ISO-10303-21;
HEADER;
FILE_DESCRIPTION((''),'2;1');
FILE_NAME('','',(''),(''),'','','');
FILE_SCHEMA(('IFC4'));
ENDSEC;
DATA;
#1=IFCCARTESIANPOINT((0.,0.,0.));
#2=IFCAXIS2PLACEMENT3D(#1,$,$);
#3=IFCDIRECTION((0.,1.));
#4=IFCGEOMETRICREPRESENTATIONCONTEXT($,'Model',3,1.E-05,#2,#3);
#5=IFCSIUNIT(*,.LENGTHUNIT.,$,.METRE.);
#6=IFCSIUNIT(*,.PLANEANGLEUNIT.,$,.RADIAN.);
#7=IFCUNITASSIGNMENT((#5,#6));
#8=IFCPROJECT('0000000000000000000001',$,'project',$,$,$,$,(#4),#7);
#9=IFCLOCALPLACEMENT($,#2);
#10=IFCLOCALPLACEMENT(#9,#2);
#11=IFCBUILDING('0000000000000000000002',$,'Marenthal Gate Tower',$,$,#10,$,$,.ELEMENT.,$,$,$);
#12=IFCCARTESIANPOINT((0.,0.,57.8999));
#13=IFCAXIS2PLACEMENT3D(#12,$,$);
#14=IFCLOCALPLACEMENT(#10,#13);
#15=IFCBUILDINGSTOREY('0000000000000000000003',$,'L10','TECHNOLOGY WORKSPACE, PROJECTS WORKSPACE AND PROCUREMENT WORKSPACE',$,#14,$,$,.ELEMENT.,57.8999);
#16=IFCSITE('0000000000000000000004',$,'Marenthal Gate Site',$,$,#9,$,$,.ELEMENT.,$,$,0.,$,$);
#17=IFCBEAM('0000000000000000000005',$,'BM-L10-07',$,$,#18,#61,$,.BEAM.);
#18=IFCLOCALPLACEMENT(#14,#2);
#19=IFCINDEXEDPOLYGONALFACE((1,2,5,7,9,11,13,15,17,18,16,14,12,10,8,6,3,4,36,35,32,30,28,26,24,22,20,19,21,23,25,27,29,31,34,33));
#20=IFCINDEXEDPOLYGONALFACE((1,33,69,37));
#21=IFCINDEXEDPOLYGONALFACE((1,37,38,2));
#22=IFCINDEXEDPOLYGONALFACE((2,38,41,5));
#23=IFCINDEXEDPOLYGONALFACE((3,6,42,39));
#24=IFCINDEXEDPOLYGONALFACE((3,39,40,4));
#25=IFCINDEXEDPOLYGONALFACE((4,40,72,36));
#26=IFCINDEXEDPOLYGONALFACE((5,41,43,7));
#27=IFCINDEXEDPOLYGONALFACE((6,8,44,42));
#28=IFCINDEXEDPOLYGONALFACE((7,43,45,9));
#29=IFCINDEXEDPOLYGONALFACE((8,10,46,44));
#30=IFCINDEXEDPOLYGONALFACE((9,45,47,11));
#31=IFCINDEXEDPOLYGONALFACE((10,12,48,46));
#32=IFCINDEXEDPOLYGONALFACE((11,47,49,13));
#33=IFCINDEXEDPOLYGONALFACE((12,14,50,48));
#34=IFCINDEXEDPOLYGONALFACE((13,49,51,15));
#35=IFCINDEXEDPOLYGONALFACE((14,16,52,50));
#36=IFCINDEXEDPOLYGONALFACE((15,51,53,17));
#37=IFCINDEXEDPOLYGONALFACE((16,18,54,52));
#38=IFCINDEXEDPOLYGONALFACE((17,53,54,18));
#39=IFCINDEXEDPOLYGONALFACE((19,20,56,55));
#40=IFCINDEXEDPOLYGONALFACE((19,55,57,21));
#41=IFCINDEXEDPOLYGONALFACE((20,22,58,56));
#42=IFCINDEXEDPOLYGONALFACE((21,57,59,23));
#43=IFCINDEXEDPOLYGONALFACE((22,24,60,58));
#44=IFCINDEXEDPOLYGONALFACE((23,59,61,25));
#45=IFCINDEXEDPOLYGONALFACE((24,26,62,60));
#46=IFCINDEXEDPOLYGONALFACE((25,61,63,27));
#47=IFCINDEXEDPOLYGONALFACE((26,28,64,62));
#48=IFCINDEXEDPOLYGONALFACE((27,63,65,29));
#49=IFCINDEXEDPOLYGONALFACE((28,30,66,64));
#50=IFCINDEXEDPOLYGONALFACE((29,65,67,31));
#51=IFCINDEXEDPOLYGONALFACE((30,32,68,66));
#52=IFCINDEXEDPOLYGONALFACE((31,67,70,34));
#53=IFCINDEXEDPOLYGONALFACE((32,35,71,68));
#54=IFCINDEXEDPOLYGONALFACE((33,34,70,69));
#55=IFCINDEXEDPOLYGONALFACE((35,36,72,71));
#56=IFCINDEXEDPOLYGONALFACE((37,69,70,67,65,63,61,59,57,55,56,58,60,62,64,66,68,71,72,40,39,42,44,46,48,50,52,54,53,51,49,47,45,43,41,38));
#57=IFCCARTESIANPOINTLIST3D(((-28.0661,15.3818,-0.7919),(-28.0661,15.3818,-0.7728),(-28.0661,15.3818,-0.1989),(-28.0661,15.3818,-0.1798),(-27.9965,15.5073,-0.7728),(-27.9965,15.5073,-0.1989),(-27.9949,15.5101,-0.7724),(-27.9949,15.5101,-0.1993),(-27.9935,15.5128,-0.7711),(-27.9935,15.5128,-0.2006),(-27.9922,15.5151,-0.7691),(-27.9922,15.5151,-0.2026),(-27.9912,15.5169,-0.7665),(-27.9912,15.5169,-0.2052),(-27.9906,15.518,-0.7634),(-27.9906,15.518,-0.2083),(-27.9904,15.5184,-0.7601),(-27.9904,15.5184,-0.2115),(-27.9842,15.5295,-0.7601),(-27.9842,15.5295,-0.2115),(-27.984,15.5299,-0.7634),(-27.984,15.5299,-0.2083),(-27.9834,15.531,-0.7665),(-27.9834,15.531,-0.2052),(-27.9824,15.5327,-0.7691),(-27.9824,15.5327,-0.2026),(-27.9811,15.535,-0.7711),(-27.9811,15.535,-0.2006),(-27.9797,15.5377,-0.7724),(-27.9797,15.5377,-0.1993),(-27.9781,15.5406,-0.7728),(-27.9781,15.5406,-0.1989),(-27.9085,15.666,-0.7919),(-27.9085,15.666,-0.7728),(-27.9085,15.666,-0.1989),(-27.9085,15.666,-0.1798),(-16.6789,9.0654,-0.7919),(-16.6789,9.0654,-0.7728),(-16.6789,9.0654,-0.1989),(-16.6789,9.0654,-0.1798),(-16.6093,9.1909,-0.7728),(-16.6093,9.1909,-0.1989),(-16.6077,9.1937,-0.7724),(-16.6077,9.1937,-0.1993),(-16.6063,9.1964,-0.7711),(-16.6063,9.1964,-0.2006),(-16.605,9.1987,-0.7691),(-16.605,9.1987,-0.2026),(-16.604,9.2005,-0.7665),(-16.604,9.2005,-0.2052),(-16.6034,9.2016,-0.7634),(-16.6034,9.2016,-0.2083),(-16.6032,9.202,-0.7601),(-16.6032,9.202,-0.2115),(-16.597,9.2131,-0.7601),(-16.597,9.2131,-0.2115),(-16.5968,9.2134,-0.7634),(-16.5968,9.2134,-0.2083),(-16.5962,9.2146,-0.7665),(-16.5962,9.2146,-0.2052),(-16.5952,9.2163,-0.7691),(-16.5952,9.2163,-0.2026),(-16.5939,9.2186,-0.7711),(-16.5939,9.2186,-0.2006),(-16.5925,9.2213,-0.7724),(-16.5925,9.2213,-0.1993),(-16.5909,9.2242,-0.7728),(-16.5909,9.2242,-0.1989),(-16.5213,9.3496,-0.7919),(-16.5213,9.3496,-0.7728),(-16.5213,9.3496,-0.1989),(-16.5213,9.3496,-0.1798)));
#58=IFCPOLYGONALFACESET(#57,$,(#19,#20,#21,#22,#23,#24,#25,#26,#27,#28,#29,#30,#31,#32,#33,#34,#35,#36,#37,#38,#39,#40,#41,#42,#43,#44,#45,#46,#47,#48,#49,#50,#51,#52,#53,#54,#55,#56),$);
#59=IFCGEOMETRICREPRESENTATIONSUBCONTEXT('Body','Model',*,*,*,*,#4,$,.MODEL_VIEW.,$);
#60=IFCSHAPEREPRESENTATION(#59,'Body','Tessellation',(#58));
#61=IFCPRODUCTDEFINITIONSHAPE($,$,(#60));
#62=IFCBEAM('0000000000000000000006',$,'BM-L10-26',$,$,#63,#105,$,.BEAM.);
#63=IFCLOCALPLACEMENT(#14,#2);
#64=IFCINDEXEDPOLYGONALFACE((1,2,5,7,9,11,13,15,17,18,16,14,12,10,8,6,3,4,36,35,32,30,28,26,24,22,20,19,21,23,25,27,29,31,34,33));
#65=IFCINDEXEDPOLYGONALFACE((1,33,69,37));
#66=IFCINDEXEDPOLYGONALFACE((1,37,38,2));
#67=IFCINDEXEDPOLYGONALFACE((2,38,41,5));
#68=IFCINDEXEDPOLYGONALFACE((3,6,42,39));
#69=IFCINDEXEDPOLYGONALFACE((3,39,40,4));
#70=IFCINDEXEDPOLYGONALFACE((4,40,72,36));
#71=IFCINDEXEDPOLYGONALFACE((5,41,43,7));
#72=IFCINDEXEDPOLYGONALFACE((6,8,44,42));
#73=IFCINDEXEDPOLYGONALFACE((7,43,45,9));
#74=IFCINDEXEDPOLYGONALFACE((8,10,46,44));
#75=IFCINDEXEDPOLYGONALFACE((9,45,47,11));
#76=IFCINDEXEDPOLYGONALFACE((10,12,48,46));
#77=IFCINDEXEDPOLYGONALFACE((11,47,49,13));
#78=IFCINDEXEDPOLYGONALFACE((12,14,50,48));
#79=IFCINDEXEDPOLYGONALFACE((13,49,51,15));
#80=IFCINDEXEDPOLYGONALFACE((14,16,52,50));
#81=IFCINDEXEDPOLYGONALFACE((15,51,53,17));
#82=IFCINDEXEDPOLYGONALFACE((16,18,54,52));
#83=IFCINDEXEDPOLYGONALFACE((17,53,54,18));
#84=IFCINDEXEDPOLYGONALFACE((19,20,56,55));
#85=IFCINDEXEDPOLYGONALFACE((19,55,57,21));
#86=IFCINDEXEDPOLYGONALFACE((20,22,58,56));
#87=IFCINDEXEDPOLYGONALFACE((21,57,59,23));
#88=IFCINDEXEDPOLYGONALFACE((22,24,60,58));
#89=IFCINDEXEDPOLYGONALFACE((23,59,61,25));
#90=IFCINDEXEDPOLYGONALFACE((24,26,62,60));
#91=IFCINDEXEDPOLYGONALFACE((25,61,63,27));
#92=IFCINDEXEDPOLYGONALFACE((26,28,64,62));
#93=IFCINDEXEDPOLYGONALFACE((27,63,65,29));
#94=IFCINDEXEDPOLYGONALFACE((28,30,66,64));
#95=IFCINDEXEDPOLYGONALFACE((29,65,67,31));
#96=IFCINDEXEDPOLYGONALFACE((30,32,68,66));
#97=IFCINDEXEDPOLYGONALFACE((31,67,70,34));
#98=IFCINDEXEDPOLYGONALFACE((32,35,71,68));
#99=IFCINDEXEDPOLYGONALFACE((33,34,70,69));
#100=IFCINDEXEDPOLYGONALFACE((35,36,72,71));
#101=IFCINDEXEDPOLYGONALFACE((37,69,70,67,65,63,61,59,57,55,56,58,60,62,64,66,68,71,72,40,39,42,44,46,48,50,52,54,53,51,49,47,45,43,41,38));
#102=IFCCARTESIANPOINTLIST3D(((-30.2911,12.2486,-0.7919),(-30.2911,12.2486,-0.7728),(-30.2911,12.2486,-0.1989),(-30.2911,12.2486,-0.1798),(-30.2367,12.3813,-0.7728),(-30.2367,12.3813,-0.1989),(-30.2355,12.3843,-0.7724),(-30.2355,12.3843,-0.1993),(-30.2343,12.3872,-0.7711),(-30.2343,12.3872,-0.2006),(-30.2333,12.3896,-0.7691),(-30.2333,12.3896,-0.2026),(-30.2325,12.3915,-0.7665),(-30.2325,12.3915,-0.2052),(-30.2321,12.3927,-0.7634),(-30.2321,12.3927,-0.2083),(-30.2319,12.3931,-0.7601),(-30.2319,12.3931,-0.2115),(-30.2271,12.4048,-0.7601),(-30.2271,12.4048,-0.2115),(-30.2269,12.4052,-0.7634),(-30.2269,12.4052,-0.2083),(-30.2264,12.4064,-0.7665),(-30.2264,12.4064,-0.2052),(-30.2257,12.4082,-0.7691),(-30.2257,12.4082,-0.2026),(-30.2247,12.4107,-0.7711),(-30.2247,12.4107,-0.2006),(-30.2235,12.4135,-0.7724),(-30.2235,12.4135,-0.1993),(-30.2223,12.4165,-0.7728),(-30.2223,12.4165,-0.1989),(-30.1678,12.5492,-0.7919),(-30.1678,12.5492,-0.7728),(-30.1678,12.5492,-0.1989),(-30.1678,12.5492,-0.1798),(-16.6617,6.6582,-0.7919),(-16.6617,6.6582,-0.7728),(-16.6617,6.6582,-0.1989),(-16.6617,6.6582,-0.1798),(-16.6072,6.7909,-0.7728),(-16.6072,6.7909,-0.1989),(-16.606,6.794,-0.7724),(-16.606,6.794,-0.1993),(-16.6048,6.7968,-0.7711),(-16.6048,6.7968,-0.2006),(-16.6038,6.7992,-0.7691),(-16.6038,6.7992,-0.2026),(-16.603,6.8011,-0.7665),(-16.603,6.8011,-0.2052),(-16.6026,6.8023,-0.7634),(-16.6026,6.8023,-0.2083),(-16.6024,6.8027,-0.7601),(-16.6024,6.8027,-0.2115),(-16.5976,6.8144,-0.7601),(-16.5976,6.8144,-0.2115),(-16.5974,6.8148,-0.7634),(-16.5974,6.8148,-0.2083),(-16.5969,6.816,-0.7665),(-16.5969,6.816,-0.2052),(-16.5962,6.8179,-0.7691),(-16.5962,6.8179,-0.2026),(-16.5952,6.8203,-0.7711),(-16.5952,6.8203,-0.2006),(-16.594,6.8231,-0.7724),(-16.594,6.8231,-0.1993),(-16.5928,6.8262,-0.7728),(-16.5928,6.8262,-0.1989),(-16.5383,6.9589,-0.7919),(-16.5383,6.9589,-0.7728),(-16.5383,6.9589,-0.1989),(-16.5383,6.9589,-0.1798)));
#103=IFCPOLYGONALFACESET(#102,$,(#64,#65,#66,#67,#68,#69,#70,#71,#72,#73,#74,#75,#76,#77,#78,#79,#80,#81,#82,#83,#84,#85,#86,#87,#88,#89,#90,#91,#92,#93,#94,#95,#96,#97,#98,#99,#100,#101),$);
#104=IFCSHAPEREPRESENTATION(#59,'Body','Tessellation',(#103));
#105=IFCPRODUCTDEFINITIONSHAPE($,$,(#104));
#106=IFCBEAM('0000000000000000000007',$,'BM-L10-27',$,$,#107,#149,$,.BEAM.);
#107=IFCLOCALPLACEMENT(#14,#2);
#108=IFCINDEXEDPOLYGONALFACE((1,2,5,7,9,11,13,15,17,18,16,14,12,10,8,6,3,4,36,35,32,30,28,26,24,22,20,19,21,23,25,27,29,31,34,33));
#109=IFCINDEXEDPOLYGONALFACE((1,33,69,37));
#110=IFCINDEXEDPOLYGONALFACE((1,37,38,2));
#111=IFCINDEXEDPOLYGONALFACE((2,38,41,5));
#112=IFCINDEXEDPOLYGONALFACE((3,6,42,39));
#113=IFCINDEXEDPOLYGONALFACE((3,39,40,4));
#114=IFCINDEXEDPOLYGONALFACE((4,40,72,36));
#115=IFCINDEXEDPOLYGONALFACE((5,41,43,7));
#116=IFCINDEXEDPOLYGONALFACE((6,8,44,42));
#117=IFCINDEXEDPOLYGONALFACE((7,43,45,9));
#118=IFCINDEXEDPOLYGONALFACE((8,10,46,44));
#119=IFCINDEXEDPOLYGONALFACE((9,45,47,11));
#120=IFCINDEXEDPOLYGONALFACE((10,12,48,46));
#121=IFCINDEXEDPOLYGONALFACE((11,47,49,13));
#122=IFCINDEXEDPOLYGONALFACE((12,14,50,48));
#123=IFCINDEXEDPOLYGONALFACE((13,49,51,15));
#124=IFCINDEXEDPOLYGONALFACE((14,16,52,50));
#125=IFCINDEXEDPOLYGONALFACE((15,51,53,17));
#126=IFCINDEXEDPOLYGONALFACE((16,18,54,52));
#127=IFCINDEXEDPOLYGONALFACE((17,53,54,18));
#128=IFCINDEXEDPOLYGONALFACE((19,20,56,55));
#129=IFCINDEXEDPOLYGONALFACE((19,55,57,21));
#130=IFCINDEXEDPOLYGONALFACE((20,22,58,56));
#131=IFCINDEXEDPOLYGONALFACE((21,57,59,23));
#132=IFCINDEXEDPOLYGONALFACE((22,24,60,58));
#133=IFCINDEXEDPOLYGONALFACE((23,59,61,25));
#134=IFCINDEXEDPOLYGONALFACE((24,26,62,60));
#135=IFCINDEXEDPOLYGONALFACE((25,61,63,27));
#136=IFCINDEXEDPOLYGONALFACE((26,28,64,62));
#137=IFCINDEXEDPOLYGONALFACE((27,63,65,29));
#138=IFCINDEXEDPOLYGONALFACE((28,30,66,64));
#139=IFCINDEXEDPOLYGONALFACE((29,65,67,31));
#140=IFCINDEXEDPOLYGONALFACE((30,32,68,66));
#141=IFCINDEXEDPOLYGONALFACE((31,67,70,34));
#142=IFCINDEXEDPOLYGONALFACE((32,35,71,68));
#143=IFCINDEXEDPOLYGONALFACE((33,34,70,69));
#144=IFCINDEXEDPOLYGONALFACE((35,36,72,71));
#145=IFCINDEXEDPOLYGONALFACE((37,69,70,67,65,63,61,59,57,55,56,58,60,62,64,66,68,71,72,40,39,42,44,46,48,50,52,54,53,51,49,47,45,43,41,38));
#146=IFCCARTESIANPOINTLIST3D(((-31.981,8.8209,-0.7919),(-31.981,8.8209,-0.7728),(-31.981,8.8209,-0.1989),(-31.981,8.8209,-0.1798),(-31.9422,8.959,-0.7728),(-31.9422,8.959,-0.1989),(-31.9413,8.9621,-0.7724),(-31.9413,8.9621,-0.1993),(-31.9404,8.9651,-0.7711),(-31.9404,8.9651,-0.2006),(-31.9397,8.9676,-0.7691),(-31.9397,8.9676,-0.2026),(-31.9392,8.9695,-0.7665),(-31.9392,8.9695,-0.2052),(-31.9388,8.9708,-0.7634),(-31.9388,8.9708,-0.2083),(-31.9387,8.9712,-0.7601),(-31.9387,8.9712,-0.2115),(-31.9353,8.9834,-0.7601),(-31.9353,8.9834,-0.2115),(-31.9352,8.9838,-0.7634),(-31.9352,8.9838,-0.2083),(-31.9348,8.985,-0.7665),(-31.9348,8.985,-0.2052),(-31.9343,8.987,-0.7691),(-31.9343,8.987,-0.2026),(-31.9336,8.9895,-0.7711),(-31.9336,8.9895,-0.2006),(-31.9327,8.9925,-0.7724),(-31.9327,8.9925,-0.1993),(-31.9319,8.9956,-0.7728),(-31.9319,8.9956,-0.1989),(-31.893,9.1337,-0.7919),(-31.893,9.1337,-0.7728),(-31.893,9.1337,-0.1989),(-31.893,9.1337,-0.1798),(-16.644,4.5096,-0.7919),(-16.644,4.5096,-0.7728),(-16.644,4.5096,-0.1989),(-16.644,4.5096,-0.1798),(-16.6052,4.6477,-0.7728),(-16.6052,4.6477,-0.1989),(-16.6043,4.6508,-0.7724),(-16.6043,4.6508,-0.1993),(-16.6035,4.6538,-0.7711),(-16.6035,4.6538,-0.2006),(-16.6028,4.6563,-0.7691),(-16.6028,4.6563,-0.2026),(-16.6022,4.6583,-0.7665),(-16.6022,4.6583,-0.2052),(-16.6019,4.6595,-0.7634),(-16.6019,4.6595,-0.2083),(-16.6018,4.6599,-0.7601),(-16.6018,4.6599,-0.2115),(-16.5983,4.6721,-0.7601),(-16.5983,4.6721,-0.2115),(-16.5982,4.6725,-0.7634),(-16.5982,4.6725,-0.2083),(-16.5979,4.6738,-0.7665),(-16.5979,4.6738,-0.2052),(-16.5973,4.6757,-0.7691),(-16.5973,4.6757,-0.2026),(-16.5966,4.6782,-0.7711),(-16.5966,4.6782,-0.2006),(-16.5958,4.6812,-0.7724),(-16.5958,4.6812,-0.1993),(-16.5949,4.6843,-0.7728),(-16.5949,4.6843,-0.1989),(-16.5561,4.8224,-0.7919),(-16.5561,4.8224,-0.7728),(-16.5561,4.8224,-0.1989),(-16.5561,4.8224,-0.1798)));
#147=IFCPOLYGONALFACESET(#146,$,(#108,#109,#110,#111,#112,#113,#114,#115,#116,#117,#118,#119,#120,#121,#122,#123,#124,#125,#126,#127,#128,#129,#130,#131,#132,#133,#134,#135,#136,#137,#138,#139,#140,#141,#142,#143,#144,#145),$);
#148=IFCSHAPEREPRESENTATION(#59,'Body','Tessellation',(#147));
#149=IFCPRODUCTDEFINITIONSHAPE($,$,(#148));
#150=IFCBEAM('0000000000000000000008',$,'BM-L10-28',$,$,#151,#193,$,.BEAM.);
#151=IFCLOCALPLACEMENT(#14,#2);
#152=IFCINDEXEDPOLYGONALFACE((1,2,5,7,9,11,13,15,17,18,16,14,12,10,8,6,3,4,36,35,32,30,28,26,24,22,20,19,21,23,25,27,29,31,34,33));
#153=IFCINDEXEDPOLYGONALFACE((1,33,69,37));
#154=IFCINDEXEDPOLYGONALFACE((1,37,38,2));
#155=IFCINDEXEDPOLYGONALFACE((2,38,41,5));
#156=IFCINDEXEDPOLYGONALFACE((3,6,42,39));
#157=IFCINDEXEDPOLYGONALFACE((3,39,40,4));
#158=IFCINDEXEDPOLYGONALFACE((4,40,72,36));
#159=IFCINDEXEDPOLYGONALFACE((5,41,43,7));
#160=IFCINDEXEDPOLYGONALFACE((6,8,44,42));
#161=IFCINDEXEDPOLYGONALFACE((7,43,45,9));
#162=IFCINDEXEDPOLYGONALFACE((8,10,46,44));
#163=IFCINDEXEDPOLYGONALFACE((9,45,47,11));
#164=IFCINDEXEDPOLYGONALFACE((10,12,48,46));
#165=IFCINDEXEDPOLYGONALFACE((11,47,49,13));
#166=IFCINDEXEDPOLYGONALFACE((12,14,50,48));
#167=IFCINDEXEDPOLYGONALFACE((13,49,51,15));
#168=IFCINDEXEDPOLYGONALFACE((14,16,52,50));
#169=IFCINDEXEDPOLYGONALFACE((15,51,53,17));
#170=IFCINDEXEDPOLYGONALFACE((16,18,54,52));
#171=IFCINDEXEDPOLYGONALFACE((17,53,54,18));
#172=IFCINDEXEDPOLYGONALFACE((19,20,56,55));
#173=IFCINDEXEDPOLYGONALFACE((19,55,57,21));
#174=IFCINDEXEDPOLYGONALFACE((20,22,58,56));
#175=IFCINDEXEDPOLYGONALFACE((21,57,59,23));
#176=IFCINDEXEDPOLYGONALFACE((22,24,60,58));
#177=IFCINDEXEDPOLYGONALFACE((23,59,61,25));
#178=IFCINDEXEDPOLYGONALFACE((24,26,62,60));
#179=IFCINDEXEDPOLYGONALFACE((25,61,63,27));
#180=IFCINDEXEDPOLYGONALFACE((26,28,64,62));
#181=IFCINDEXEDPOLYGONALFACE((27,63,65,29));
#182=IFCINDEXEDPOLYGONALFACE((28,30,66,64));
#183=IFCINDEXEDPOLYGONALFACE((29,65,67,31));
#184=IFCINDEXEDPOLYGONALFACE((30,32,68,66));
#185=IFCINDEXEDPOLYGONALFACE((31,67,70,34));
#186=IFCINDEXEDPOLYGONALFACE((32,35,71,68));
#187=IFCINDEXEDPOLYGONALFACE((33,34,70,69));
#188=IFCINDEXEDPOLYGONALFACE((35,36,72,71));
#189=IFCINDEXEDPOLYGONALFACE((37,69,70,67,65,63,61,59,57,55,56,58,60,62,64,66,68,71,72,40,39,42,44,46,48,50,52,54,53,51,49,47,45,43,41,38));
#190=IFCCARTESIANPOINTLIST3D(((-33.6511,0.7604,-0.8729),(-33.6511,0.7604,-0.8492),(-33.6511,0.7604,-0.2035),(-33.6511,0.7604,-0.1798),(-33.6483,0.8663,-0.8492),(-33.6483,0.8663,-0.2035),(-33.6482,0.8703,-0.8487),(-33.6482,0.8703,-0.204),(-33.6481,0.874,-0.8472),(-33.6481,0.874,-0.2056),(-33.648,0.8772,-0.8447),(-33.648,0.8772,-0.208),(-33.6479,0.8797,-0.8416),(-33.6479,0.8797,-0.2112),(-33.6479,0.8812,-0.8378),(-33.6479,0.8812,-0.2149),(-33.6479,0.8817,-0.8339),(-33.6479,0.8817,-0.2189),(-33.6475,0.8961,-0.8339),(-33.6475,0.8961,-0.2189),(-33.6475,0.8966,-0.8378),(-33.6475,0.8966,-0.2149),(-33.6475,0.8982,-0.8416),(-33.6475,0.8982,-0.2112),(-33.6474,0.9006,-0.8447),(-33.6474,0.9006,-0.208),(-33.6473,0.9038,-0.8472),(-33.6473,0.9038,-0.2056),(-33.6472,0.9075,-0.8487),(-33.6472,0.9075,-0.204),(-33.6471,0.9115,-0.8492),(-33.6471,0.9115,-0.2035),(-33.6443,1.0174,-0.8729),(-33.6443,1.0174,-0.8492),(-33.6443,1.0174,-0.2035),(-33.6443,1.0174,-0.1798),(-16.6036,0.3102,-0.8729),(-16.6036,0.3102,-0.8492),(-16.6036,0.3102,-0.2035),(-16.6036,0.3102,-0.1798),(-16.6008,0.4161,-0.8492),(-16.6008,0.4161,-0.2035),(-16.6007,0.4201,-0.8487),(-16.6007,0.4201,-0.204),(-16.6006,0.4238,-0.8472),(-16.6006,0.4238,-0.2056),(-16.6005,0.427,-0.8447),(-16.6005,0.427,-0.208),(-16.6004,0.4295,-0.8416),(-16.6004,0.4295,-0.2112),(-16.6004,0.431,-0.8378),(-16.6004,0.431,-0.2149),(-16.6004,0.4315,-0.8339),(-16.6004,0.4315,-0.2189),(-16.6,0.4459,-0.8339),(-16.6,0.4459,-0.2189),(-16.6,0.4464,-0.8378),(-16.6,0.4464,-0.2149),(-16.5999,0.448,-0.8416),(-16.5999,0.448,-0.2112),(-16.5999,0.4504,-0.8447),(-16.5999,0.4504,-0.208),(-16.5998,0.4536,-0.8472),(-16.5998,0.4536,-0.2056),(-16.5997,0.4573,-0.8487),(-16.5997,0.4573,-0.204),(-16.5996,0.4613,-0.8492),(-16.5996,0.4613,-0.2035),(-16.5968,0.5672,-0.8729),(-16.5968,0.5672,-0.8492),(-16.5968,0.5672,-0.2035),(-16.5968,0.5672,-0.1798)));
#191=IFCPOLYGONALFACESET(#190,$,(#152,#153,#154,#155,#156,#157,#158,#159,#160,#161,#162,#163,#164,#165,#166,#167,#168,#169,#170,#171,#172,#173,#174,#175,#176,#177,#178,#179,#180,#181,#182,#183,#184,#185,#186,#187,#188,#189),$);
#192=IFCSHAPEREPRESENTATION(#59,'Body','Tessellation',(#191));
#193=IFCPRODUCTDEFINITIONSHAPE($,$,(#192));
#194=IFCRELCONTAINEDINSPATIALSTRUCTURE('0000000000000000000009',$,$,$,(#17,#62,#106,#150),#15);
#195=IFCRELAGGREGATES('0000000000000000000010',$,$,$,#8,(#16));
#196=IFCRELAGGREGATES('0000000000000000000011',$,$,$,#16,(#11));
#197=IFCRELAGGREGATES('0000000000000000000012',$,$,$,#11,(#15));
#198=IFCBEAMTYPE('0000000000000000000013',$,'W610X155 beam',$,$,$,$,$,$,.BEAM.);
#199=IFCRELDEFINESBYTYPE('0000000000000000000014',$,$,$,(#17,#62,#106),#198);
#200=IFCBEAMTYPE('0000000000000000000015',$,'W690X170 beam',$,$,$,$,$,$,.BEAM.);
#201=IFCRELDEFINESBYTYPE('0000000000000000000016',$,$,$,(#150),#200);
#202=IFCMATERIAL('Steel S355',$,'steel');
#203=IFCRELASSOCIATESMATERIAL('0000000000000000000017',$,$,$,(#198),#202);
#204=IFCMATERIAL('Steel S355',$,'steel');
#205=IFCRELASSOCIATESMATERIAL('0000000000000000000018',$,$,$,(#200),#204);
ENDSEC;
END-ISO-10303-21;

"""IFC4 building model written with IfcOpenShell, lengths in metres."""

from ifc_helpers import new_model, si_unit, direction, frame, origin, origin_2d, place, context, subcontext, project, spatial, i_section, extrude, material, material_profile, profile_set, type_object, element, save


model = new_model("IFC4")

# Units and contexts
model_context = context("Model", 3, precision=1e-05, world=origin(), true_north=direction((0.0, 1.0)))
body_context = subcontext(model_context, "Body", "Model", "MODEL_VIEW")
ifc_project = project(units=[si_unit("LENGTHUNIT", "METRE"), si_unit("PLANEANGLEUNIT", "RADIAN")], contexts=[model_context])

# Site, building, storey
site_placement = place(None, origin())
site = spatial("IfcSite", under=ifc_project, at=site_placement, Name="Marenthal Gate Site", CompositionType="ELEMENT", RefElevation=0.0)
building_placement = place(site_placement, origin())
building = spatial("IfcBuilding", under=site, at=building_placement, Name="Marenthal Gate Tower", CompositionType="ELEMENT")
storey_placement = place(building_placement, frame((0.0, 0.0, 57.8999)))
storey = spatial("IfcBuildingStorey", under=building, at=storey_placement, Name="L10", Description="TECHNOLOGY WORKSPACE, PROJECTS WORKSPACE AND PROCUREMENT WORKSPACE", CompositionType="ELEMENT", Elevation=57.8999)

# Beams
ifc_material_1 = material(Name="Steel S355", Category="steel")
ifc_material_profile_1 = material_profile(ifc_material_1, i_section(OverallWidth=0.325, OverallDepth=0.6121, WebThickness=0.0127, FlangeThickness=0.019, FilletRadius=0.0127, at=origin_2d()), Name="W610X155")
ifc_profile_set_1 = profile_set([ifc_material_profile_1], Name="Steel S355")
beam_type_1 = type_object("IfcBeamType", Name="W610X155 beam", PredefinedType="BEAM", material=ifc_profile_set_1)
beam_1_placement = place(storey_placement, frame((-27.9873, 15.5239, -0.4858), z_axis=(0.874477, -0.485067, 0.0), x_axis=(0.485067, 0.874477, 0.0)))
element("IfcBeam", 1, at=beam_1_placement, inside=storey, type_object=beam_type_1, Name="BM-L10-07", PredefinedType="BEAM", context=body_context, shape_type="SweptSolid", body=[
    extrude(i_section(OverallWidth=0.325, OverallDepth=0.6121, WebThickness=0.0127, FlangeThickness=0.019, FilletRadius=0.0127, at=origin_2d()), origin(), (0.0, 0.0, 1.0), 13.0217),
])
beam_2_placement = place(storey_placement, frame((-30.2295, 12.3989, -0.4858), z_axis=(0.925198, -0.379486, 0.0), x_axis=(0.379486, 0.925198, 0.0)))
element("IfcBeam", 2, at=beam_2_placement, inside=storey, type_object=beam_type_1, Name="BM-L10-26", PredefinedType="BEAM", context=body_context, shape_type="SweptSolid", body=[
    extrude(i_section(OverallWidth=0.325, OverallDepth=0.6121, WebThickness=0.0127, FlangeThickness=0.019, FilletRadius=0.0127, at=origin_2d()), origin(), (0.0, 0.0, 1.0), 14.7314),
])
beam_3_placement = place(storey_placement, frame((-31.937, 8.9773, -0.4858), z_axis=(0.962687, -0.270616, 0.0), x_axis=(0.270616, 0.962687, 0.0)))
element("IfcBeam", 3, at=beam_3_placement, inside=storey, type_object=beam_type_1, Name="BM-L10-27", PredefinedType="BEAM", context=body_context, shape_type="SweptSolid", body=[
    extrude(i_section(OverallWidth=0.325, OverallDepth=0.6121, WebThickness=0.0127, FlangeThickness=0.019, FilletRadius=0.0127, at=origin_2d()), origin(), (0.0, 0.0, 1.0), 15.9314),
])
ifc_material_2 = material(Name="Steel S355", Category="steel")
ifc_material_profile_2 = material_profile(ifc_material_2, i_section(OverallWidth=0.2571, OverallDepth=0.6931, WebThickness=0.0144, FlangeThickness=0.0237, FilletRadius=0.0154, at=origin_2d()), Name="W690X170")
ifc_profile_set_2 = profile_set([ifc_material_profile_2], Name="Steel S355")
beam_type_2 = type_object("IfcBeamType", Name="W690X170 beam", PredefinedType="BEAM", material=ifc_profile_set_2)
beam_4_placement = place(storey_placement, frame((-33.6477, 0.8889, -0.5264), z_axis=(0.999651, -0.026399, 0.0), x_axis=(0.026399, 0.999651, 0.0)))
element("IfcBeam", 4, at=beam_4_placement, inside=storey, type_object=beam_type_2, Name="BM-L10-28", PredefinedType="BEAM", context=body_context, shape_type="SweptSolid", body=[
    extrude(i_section(OverallWidth=0.2571, OverallDepth=0.6931, WebThickness=0.0144, FlangeThickness=0.0237, FilletRadius=0.0154, at=origin_2d()), origin(), (0.0, 0.0, 1.0), 17.0535),
])

save(model, "model.ifc")
